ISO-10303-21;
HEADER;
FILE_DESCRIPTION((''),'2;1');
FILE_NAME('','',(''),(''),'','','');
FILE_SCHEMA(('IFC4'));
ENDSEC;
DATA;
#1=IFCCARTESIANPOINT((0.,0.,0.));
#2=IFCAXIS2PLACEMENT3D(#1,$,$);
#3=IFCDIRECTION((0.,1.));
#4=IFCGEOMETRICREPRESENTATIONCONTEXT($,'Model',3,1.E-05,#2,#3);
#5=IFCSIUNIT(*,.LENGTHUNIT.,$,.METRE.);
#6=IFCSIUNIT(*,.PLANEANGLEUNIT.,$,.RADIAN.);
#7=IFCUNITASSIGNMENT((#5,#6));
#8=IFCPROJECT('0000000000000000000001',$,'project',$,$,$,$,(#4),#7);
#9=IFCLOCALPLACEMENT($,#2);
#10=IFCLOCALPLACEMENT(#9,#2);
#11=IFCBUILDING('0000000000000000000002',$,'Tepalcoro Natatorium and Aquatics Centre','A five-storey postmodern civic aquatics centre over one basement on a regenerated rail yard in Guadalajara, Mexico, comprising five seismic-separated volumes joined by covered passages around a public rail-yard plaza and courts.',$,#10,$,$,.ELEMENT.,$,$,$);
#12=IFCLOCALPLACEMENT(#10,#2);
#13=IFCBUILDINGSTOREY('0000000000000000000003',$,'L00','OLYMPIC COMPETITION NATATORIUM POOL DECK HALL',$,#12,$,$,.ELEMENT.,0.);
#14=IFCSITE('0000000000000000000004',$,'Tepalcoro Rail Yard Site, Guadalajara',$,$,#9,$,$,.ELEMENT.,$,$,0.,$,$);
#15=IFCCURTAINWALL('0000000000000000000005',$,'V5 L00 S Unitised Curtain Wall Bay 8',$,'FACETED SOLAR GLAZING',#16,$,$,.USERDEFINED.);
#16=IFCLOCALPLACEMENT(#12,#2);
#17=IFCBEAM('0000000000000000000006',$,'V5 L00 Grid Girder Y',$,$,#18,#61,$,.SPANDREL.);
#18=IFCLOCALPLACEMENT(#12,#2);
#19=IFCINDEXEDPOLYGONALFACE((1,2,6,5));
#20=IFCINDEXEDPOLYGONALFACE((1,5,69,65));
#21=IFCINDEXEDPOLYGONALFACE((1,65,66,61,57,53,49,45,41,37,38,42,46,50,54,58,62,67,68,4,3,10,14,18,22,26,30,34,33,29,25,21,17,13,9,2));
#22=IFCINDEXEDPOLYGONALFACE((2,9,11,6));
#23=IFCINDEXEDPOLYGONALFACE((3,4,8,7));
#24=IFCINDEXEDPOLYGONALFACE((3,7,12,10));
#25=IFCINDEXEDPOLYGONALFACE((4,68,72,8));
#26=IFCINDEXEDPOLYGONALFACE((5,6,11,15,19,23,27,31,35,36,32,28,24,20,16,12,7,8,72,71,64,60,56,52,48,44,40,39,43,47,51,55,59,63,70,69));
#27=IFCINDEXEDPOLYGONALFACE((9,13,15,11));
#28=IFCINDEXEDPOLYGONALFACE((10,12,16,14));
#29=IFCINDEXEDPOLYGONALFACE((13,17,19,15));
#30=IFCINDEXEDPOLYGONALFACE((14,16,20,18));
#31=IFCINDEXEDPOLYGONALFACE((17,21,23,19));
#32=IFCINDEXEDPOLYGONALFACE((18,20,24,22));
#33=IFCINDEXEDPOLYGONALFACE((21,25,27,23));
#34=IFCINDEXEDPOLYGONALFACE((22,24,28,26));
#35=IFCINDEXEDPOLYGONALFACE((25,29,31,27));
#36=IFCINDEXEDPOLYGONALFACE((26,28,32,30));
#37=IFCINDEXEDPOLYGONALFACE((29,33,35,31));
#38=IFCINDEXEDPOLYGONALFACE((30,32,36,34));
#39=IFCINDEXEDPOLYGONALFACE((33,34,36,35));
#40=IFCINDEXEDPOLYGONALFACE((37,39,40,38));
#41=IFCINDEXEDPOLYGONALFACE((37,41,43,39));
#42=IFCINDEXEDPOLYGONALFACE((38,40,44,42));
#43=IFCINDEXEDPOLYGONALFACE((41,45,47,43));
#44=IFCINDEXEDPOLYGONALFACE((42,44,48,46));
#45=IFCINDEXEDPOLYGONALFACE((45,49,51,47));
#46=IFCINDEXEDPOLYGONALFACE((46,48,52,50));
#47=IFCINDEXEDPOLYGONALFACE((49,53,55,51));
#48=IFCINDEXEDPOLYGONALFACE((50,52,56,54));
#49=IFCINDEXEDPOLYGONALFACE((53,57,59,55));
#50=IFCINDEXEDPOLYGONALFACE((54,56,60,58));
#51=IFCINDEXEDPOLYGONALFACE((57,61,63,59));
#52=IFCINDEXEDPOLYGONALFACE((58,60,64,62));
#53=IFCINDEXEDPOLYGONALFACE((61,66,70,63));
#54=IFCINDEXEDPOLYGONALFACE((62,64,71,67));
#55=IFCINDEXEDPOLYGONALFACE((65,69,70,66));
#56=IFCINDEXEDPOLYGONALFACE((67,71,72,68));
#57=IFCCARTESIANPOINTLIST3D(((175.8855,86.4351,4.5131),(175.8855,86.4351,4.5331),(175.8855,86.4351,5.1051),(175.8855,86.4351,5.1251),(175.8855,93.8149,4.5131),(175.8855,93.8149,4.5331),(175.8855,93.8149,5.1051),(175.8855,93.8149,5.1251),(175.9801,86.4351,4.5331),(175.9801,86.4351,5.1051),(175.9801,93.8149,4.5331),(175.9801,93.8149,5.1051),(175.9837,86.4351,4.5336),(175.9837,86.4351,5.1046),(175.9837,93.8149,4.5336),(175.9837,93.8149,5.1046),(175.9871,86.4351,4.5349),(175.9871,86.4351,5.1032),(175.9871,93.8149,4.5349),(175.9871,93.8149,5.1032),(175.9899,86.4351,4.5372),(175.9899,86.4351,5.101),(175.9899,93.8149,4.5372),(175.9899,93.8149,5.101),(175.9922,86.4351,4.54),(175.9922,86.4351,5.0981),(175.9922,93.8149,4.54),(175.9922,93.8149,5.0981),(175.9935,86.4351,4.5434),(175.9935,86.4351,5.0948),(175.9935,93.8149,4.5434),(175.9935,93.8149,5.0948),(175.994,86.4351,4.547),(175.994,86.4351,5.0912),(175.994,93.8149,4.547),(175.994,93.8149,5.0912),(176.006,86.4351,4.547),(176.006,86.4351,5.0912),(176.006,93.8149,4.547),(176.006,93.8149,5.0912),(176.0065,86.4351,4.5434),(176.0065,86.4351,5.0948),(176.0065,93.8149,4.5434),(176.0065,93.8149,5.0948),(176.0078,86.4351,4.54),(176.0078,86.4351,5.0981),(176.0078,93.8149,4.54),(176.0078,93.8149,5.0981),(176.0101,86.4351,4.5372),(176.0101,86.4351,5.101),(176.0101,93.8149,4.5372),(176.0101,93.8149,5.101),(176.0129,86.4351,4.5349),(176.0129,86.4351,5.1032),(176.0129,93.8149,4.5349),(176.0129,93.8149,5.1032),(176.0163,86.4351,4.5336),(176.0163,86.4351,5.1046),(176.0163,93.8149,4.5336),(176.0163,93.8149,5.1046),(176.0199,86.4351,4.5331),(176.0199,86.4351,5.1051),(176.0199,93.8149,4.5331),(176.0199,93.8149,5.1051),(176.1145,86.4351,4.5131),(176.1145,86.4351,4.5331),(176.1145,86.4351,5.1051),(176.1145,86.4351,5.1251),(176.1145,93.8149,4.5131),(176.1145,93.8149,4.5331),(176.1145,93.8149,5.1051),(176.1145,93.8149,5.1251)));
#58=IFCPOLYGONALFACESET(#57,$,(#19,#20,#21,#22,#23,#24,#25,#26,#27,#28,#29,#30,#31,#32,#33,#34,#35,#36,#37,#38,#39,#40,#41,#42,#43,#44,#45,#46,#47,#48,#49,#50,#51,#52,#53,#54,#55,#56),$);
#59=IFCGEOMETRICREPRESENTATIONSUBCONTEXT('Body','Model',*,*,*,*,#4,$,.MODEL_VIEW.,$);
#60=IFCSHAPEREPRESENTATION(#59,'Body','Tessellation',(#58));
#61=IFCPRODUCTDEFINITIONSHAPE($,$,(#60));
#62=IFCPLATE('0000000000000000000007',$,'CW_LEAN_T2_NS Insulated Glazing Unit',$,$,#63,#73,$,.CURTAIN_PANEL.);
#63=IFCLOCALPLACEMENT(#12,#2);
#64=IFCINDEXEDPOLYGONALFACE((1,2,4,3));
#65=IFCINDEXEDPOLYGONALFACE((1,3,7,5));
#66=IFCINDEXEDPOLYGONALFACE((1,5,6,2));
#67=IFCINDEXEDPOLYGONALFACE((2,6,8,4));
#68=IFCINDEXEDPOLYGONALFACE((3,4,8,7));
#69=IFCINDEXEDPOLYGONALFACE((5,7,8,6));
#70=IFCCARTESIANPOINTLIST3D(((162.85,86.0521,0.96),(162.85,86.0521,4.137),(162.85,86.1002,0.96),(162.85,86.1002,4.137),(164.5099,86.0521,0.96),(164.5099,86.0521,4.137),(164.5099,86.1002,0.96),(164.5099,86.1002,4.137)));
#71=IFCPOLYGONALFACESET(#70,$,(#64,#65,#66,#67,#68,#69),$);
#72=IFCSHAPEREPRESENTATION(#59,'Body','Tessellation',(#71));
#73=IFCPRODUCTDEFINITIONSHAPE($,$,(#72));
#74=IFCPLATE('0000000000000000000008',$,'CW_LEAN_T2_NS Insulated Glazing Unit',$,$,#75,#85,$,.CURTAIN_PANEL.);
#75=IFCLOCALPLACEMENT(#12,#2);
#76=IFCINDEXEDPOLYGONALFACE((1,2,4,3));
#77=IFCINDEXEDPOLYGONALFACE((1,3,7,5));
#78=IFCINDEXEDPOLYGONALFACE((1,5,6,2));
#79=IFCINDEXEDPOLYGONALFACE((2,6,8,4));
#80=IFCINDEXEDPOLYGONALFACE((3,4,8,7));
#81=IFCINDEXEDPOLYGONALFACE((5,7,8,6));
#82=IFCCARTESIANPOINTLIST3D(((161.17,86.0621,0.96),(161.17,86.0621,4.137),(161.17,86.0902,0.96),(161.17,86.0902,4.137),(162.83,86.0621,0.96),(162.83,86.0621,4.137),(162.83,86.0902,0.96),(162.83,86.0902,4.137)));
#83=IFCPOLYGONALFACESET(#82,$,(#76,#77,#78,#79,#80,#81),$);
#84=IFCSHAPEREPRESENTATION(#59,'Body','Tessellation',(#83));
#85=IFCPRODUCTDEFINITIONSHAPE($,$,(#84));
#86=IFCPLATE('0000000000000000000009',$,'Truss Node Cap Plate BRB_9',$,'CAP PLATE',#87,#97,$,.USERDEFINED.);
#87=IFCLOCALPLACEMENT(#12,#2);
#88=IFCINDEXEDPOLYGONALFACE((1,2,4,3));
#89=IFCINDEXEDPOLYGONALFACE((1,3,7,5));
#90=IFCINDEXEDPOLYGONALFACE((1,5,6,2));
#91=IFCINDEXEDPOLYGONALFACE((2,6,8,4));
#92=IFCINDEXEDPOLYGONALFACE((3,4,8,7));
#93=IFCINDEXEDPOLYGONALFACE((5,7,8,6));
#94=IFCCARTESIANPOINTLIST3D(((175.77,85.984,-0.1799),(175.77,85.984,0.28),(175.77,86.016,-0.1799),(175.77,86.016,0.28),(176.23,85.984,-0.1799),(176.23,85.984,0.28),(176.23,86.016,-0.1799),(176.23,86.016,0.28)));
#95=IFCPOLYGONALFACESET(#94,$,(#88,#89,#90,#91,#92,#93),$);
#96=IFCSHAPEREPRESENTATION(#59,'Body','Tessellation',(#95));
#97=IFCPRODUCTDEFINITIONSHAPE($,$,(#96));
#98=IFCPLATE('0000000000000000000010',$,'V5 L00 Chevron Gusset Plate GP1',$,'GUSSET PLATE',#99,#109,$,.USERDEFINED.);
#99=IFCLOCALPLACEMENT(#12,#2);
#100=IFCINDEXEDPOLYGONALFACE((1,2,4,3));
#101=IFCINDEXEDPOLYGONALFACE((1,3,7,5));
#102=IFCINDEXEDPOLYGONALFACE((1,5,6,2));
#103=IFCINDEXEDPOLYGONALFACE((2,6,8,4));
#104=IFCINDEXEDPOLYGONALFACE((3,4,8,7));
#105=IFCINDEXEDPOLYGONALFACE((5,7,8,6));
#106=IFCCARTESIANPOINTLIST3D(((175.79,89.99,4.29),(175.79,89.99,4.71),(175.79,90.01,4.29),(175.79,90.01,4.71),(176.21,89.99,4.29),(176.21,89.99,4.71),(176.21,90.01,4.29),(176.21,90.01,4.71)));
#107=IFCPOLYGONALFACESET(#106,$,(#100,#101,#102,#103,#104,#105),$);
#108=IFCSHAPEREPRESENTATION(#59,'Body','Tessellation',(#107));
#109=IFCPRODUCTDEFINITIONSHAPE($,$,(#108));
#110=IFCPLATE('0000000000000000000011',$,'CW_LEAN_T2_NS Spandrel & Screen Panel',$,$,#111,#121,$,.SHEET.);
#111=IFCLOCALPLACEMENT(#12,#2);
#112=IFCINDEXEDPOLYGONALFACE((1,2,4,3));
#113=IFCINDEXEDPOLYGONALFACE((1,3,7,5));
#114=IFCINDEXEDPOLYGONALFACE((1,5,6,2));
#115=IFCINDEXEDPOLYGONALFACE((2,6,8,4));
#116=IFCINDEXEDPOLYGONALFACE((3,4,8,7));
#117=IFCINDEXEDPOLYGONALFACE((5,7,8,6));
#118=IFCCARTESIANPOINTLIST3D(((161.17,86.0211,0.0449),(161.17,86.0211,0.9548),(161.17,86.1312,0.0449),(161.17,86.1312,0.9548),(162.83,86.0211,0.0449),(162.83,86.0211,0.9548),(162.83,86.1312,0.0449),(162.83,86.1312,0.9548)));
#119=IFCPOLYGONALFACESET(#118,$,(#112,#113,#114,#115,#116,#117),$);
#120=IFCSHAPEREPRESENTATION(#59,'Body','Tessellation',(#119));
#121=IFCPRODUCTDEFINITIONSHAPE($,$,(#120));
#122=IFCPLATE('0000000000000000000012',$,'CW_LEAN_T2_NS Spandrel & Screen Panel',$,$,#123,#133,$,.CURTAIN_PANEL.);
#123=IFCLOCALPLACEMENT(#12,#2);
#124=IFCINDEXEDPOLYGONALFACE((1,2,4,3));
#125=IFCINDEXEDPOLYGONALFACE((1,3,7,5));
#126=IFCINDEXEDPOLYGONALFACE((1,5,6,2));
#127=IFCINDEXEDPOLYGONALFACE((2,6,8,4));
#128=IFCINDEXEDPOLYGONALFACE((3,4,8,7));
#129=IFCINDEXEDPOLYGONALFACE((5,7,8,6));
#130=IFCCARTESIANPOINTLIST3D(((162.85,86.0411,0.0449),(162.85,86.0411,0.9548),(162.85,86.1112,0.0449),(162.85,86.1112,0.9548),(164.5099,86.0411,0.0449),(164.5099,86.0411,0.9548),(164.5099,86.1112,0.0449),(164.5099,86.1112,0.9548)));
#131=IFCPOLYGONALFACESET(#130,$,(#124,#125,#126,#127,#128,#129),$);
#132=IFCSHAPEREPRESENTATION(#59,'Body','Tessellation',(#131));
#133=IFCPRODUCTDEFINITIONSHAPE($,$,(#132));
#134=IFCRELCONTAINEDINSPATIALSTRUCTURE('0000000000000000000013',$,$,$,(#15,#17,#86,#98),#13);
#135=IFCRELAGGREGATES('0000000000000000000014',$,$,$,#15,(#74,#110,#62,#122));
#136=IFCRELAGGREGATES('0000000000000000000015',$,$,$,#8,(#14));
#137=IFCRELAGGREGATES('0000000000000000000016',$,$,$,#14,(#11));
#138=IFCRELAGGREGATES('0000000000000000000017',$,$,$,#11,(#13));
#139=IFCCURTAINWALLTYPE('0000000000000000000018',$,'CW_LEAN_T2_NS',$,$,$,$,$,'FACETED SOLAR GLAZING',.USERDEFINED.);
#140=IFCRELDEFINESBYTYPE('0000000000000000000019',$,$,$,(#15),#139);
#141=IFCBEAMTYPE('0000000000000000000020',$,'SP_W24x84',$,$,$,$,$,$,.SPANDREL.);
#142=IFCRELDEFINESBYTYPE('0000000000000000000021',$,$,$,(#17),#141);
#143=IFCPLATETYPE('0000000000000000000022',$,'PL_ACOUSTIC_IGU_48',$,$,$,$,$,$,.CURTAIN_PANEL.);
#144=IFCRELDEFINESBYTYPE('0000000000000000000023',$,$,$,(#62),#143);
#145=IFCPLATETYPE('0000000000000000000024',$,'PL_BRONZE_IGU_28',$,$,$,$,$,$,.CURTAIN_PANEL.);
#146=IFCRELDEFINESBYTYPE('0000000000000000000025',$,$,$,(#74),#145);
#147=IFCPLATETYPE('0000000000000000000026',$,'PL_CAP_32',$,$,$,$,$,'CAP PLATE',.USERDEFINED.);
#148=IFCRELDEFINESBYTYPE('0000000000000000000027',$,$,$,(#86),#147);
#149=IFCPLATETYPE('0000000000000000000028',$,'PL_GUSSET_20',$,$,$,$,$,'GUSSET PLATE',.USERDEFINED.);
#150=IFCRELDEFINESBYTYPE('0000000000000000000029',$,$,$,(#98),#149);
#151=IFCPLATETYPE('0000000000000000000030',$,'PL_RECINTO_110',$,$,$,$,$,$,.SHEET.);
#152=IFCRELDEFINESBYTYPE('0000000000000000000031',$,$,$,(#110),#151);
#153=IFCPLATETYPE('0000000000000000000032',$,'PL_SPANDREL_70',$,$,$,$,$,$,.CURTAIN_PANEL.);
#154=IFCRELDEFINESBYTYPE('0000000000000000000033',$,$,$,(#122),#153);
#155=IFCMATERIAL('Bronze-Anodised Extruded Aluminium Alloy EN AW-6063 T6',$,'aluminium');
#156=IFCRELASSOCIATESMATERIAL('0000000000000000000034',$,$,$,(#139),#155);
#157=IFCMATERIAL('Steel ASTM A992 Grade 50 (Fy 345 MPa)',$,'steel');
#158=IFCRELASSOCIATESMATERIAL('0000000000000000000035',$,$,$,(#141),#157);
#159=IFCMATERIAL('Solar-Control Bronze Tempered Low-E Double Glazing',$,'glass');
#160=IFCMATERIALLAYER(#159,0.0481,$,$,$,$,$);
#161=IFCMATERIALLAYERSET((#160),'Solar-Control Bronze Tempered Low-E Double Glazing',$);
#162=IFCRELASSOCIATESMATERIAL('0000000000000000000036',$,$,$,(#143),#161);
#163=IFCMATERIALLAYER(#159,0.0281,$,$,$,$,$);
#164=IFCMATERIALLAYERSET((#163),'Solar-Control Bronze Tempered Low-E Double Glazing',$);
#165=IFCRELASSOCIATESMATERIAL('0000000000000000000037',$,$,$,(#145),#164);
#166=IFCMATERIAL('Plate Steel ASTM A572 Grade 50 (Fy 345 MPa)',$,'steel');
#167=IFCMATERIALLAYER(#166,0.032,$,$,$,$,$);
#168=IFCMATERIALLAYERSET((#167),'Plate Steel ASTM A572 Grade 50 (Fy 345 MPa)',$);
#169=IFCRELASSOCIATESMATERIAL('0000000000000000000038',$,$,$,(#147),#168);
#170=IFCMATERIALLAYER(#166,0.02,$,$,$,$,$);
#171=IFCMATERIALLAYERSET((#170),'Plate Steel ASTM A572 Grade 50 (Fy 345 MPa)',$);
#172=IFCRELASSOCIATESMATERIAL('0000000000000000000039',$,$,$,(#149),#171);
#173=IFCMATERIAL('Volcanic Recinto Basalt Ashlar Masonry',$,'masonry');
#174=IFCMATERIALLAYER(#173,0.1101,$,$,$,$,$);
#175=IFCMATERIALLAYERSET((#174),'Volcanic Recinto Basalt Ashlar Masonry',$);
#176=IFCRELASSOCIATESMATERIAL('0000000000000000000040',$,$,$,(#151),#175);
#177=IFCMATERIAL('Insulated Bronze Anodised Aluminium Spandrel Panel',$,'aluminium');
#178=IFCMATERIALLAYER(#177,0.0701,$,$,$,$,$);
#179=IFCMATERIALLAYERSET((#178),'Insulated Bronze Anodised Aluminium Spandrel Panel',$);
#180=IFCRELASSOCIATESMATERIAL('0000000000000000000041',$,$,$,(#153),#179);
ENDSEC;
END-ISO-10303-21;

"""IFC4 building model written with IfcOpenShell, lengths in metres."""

from ifc_helpers import new_model, si_unit, direction, frame, origin, origin_2d, place, context, subcontext, project, spatial, rectangle, i_section, extrude, material, layer, layer_set, material_profile, profile_set, type_object, element, aggregate, save


model = new_model("IFC4")

# Units and contexts
model_context = context("Model", 3, precision=1e-05, world=origin(), true_north=direction((0.0, 1.0)))
body_context = subcontext(model_context, "Body", "Model", "MODEL_VIEW")
ifc_project = project(units=[si_unit("LENGTHUNIT", "METRE"), si_unit("PLANEANGLEUNIT", "RADIAN")], contexts=[model_context])

# Site, building, storey
site_placement = place(None, origin())
site = spatial("IfcSite", under=ifc_project, at=site_placement, Name="Tepalcoro Rail Yard Site, Guadalajara", CompositionType="ELEMENT", RefElevation=0.0)
building_placement = place(site_placement, origin())
building = spatial("IfcBuilding", under=site, at=building_placement, Name="Tepalcoro Natatorium and Aquatics Centre", Description="A five-storey postmodern civic aquatics centre over one basement on a regenerated rail yard in Guadalajara, Mexico, comprising five seismic-separated volumes joined by covered passages around a public rail-yard plaza and courts.", CompositionType="ELEMENT")
storey_placement = place(building_placement, origin())
storey = spatial("IfcBuildingStorey", under=building, at=storey_placement, Name="L00", Description="OLYMPIC COMPETITION NATATORIUM POOL DECK HALL", CompositionType="ELEMENT", Elevation=0.0)

# Shared definitions
ifc_material_1 = material(Name="Steel ASTM A992 Grade 50 (Fy 345 MPa)", Category="steel")

# Curtain wall
ifc_material_2 = material(Name="Bronze-Anodised Extruded Aluminium Alloy EN AW-6063 T6", Category="aluminium")
curtain_wall_type = type_object("IfcCurtainWallType", Name="CW_LEAN_T2_NS", ElementType="FACETED SOLAR GLAZING", PredefinedType="USERDEFINED", material=ifc_material_2)
curtain_wall_placement = place(storey_placement, origin())
curtain_wall = element("IfcCurtainWall", 1, at=curtain_wall_placement, inside=storey, type_object=curtain_wall_type, Name="V5 L00 S Unitised Curtain Wall Bay 8", ObjectType="FACETED SOLAR GLAZING", PredefinedType="USERDEFINED")

# Beam
ifc_material_profile_1 = material_profile(ifc_material_1, i_section(OverallWidth=0.229, OverallDepth=0.6121, WebThickness=0.012, FlangeThickness=0.02, FilletRadius=0.0139, at=origin_2d()), Name="W24X84")
ifc_profile_set_1 = profile_set([ifc_material_profile_1], Name="Steel ASTM A992 Grade 50 (Fy 345 MPa)")
beam_type_1 = type_object("IfcBeamType", Name="SP_W24x84", PredefinedType="SPANDREL", material=ifc_profile_set_1)
beam_1_placement = place(storey_placement, frame((176.0, 86.4351, 4.8191), z_axis=(0.0, 1.0, 0.0), x_axis=(-1.0, 0.0, 0.0)))
element("IfcBeam", 2, at=beam_1_placement, inside=storey, type_object=beam_type_1, Name="V5 L00 Grid Girder Y", PredefinedType="SPANDREL", context=body_context, shape_type="SweptSolid", body=[
    extrude(i_section(OverallWidth=0.229, OverallDepth=0.6121, WebThickness=0.012, FlangeThickness=0.02, FilletRadius=0.0139, at=origin_2d()), origin(), (0.0, 0.0, 1.0), 7.3799),
])

# Plates
ifc_material_3 = material(Name="Solar-Control Bronze Tempered Low-E Double Glazing", Category="glass")
ifc_layer_1 = layer(ifc_material_3, 0.0481)
ifc_layer_set_1 = layer_set([ifc_layer_1], Name="Solar-Control Bronze Tempered Low-E Double Glazing")
plate_type_1 = type_object("IfcPlateType", Name="PL_ACOUSTIC_IGU_48", PredefinedType="CURTAIN_PANEL", material=ifc_layer_set_1)
plate_1_placement = place(storey_placement, frame((163.6799, 86.0762, 0.96), z_axis=(0.0, 0.0, 1.0), x_axis=(1.0, 0.0, 0.0)))
plate_1 = element("IfcPlate", 3, at=plate_1_placement, type_object=plate_type_1, Name="CW_LEAN_T2_NS Insulated Glazing Unit", PredefinedType="CURTAIN_PANEL", context=body_context, shape_type="SweptSolid", body=[
    extrude(rectangle(XDim=1.6599, YDim=0.0481, at=origin_2d()), origin(), (0.0, 0.0, 1.0), 3.177),
])
ifc_layer_2 = layer(ifc_material_3, 0.0281)
ifc_layer_set_2 = layer_set([ifc_layer_2], Name="Solar-Control Bronze Tempered Low-E Double Glazing")
plate_type_2 = type_object("IfcPlateType", Name="PL_BRONZE_IGU_28", PredefinedType="CURTAIN_PANEL", material=ifc_layer_set_2)
plate_2_placement = place(storey_placement, frame((162.0, 86.0762, 0.96), z_axis=(0.0, 0.0, 1.0), x_axis=(1.0, 0.0, 0.0)))
plate_2 = element("IfcPlate", 4, at=plate_2_placement, type_object=plate_type_2, Name="CW_LEAN_T2_NS Insulated Glazing Unit", PredefinedType="CURTAIN_PANEL", context=body_context, shape_type="SweptSolid", body=[
    extrude(rectangle(XDim=1.6599, YDim=0.0281, at=origin_2d()), origin(), (0.0, 0.0, 1.0), 3.177),
])

# Plates
ifc_material_4 = material(Name="Plate Steel ASTM A572 Grade 50 (Fy 345 MPa)", Category="steel")
ifc_layer_3 = layer(ifc_material_4, 0.032)
ifc_layer_set_3 = layer_set([ifc_layer_3], Name="Plate Steel ASTM A572 Grade 50 (Fy 345 MPa)")
plate_type_3 = type_object("IfcPlateType", Name="PL_CAP_32", ElementType="CAP PLATE", PredefinedType="USERDEFINED", material=ifc_layer_set_3)
plate_3_placement = place(storey_placement, frame((176.0, 86.0, -0.1799), z_axis=(0.0, 0.0, 1.0), x_axis=(1.0, 0.0, 0.0)))
element("IfcPlate", 5, at=plate_3_placement, inside=storey, type_object=plate_type_3, Name="Truss Node Cap Plate BRB_9", ObjectType="CAP PLATE", PredefinedType="USERDEFINED", context=body_context, shape_type="SweptSolid", body=[
    extrude(rectangle(XDim=0.46, YDim=0.032, at=origin_2d()), origin(), (0.0, 0.0, 1.0), 0.46),
])
ifc_layer_4 = layer(ifc_material_4, 0.02)
ifc_layer_set_4 = layer_set([ifc_layer_4], Name="Plate Steel ASTM A572 Grade 50 (Fy 345 MPa)")
plate_type_4 = type_object("IfcPlateType", Name="PL_GUSSET_20", ElementType="GUSSET PLATE", PredefinedType="USERDEFINED", material=ifc_layer_set_4)
plate_4_placement = place(storey_placement, frame((176.0, 90.0, 4.29), z_axis=(0.0, 0.0, 1.0), x_axis=(1.0, 0.0, 0.0)))
element("IfcPlate", 6, at=plate_4_placement, inside=storey, type_object=plate_type_4, Name="V5 L00 Chevron Gusset Plate GP1", ObjectType="GUSSET PLATE", PredefinedType="USERDEFINED", context=body_context, shape_type="SweptSolid", body=[
    extrude(rectangle(XDim=0.4199, YDim=0.02, at=origin_2d()), origin(), (0.0, 0.0, 1.0), 0.4199),
])

# Plates
ifc_material_5 = material(Name="Volcanic Recinto Basalt Ashlar Masonry", Category="masonry")
ifc_layer_5 = layer(ifc_material_5, 0.1101)
ifc_layer_set_5 = layer_set([ifc_layer_5], Name="Volcanic Recinto Basalt Ashlar Masonry")
plate_type_5 = type_object("IfcPlateType", Name="PL_RECINTO_110", PredefinedType="SHEET", material=ifc_layer_set_5)
plate_5_placement = place(storey_placement, frame((162.0, 86.0762, 0.0449), z_axis=(0.0, 0.0, 1.0), x_axis=(1.0, 0.0, 0.0)))
plate_5 = element("IfcPlate", 7, at=plate_5_placement, type_object=plate_type_5, Name="CW_LEAN_T2_NS Spandrel & Screen Panel", PredefinedType="SHEET", context=body_context, shape_type="SweptSolid", body=[
    extrude(rectangle(XDim=1.6599, YDim=0.1101, at=origin_2d()), origin(), (0.0, 0.0, 1.0), 0.9099),
])
ifc_material_6 = material(Name="Insulated Bronze Anodised Aluminium Spandrel Panel", Category="aluminium")
ifc_layer_6 = layer(ifc_material_6, 0.0701)
ifc_layer_set_6 = layer_set([ifc_layer_6], Name="Insulated Bronze Anodised Aluminium Spandrel Panel")
plate_type_6 = type_object("IfcPlateType", Name="PL_SPANDREL_70", PredefinedType="CURTAIN_PANEL", material=ifc_layer_set_6)
plate_6_placement = place(storey_placement, frame((163.6799, 86.0762, 0.0449), z_axis=(0.0, 0.0, 1.0), x_axis=(1.0, 0.0, 0.0)))
plate_6 = element("IfcPlate", 8, at=plate_6_placement, type_object=plate_type_6, Name="CW_LEAN_T2_NS Spandrel & Screen Panel", PredefinedType="CURTAIN_PANEL", context=body_context, shape_type="SweptSolid", body=[
    extrude(rectangle(XDim=1.6599, YDim=0.0701, at=origin_2d()), origin(), (0.0, 0.0, 1.0), 0.9099),
])
aggregate(curtain_wall, [plate_2, plate_5, plate_1, plate_6])

save(model, "model.ifc")
